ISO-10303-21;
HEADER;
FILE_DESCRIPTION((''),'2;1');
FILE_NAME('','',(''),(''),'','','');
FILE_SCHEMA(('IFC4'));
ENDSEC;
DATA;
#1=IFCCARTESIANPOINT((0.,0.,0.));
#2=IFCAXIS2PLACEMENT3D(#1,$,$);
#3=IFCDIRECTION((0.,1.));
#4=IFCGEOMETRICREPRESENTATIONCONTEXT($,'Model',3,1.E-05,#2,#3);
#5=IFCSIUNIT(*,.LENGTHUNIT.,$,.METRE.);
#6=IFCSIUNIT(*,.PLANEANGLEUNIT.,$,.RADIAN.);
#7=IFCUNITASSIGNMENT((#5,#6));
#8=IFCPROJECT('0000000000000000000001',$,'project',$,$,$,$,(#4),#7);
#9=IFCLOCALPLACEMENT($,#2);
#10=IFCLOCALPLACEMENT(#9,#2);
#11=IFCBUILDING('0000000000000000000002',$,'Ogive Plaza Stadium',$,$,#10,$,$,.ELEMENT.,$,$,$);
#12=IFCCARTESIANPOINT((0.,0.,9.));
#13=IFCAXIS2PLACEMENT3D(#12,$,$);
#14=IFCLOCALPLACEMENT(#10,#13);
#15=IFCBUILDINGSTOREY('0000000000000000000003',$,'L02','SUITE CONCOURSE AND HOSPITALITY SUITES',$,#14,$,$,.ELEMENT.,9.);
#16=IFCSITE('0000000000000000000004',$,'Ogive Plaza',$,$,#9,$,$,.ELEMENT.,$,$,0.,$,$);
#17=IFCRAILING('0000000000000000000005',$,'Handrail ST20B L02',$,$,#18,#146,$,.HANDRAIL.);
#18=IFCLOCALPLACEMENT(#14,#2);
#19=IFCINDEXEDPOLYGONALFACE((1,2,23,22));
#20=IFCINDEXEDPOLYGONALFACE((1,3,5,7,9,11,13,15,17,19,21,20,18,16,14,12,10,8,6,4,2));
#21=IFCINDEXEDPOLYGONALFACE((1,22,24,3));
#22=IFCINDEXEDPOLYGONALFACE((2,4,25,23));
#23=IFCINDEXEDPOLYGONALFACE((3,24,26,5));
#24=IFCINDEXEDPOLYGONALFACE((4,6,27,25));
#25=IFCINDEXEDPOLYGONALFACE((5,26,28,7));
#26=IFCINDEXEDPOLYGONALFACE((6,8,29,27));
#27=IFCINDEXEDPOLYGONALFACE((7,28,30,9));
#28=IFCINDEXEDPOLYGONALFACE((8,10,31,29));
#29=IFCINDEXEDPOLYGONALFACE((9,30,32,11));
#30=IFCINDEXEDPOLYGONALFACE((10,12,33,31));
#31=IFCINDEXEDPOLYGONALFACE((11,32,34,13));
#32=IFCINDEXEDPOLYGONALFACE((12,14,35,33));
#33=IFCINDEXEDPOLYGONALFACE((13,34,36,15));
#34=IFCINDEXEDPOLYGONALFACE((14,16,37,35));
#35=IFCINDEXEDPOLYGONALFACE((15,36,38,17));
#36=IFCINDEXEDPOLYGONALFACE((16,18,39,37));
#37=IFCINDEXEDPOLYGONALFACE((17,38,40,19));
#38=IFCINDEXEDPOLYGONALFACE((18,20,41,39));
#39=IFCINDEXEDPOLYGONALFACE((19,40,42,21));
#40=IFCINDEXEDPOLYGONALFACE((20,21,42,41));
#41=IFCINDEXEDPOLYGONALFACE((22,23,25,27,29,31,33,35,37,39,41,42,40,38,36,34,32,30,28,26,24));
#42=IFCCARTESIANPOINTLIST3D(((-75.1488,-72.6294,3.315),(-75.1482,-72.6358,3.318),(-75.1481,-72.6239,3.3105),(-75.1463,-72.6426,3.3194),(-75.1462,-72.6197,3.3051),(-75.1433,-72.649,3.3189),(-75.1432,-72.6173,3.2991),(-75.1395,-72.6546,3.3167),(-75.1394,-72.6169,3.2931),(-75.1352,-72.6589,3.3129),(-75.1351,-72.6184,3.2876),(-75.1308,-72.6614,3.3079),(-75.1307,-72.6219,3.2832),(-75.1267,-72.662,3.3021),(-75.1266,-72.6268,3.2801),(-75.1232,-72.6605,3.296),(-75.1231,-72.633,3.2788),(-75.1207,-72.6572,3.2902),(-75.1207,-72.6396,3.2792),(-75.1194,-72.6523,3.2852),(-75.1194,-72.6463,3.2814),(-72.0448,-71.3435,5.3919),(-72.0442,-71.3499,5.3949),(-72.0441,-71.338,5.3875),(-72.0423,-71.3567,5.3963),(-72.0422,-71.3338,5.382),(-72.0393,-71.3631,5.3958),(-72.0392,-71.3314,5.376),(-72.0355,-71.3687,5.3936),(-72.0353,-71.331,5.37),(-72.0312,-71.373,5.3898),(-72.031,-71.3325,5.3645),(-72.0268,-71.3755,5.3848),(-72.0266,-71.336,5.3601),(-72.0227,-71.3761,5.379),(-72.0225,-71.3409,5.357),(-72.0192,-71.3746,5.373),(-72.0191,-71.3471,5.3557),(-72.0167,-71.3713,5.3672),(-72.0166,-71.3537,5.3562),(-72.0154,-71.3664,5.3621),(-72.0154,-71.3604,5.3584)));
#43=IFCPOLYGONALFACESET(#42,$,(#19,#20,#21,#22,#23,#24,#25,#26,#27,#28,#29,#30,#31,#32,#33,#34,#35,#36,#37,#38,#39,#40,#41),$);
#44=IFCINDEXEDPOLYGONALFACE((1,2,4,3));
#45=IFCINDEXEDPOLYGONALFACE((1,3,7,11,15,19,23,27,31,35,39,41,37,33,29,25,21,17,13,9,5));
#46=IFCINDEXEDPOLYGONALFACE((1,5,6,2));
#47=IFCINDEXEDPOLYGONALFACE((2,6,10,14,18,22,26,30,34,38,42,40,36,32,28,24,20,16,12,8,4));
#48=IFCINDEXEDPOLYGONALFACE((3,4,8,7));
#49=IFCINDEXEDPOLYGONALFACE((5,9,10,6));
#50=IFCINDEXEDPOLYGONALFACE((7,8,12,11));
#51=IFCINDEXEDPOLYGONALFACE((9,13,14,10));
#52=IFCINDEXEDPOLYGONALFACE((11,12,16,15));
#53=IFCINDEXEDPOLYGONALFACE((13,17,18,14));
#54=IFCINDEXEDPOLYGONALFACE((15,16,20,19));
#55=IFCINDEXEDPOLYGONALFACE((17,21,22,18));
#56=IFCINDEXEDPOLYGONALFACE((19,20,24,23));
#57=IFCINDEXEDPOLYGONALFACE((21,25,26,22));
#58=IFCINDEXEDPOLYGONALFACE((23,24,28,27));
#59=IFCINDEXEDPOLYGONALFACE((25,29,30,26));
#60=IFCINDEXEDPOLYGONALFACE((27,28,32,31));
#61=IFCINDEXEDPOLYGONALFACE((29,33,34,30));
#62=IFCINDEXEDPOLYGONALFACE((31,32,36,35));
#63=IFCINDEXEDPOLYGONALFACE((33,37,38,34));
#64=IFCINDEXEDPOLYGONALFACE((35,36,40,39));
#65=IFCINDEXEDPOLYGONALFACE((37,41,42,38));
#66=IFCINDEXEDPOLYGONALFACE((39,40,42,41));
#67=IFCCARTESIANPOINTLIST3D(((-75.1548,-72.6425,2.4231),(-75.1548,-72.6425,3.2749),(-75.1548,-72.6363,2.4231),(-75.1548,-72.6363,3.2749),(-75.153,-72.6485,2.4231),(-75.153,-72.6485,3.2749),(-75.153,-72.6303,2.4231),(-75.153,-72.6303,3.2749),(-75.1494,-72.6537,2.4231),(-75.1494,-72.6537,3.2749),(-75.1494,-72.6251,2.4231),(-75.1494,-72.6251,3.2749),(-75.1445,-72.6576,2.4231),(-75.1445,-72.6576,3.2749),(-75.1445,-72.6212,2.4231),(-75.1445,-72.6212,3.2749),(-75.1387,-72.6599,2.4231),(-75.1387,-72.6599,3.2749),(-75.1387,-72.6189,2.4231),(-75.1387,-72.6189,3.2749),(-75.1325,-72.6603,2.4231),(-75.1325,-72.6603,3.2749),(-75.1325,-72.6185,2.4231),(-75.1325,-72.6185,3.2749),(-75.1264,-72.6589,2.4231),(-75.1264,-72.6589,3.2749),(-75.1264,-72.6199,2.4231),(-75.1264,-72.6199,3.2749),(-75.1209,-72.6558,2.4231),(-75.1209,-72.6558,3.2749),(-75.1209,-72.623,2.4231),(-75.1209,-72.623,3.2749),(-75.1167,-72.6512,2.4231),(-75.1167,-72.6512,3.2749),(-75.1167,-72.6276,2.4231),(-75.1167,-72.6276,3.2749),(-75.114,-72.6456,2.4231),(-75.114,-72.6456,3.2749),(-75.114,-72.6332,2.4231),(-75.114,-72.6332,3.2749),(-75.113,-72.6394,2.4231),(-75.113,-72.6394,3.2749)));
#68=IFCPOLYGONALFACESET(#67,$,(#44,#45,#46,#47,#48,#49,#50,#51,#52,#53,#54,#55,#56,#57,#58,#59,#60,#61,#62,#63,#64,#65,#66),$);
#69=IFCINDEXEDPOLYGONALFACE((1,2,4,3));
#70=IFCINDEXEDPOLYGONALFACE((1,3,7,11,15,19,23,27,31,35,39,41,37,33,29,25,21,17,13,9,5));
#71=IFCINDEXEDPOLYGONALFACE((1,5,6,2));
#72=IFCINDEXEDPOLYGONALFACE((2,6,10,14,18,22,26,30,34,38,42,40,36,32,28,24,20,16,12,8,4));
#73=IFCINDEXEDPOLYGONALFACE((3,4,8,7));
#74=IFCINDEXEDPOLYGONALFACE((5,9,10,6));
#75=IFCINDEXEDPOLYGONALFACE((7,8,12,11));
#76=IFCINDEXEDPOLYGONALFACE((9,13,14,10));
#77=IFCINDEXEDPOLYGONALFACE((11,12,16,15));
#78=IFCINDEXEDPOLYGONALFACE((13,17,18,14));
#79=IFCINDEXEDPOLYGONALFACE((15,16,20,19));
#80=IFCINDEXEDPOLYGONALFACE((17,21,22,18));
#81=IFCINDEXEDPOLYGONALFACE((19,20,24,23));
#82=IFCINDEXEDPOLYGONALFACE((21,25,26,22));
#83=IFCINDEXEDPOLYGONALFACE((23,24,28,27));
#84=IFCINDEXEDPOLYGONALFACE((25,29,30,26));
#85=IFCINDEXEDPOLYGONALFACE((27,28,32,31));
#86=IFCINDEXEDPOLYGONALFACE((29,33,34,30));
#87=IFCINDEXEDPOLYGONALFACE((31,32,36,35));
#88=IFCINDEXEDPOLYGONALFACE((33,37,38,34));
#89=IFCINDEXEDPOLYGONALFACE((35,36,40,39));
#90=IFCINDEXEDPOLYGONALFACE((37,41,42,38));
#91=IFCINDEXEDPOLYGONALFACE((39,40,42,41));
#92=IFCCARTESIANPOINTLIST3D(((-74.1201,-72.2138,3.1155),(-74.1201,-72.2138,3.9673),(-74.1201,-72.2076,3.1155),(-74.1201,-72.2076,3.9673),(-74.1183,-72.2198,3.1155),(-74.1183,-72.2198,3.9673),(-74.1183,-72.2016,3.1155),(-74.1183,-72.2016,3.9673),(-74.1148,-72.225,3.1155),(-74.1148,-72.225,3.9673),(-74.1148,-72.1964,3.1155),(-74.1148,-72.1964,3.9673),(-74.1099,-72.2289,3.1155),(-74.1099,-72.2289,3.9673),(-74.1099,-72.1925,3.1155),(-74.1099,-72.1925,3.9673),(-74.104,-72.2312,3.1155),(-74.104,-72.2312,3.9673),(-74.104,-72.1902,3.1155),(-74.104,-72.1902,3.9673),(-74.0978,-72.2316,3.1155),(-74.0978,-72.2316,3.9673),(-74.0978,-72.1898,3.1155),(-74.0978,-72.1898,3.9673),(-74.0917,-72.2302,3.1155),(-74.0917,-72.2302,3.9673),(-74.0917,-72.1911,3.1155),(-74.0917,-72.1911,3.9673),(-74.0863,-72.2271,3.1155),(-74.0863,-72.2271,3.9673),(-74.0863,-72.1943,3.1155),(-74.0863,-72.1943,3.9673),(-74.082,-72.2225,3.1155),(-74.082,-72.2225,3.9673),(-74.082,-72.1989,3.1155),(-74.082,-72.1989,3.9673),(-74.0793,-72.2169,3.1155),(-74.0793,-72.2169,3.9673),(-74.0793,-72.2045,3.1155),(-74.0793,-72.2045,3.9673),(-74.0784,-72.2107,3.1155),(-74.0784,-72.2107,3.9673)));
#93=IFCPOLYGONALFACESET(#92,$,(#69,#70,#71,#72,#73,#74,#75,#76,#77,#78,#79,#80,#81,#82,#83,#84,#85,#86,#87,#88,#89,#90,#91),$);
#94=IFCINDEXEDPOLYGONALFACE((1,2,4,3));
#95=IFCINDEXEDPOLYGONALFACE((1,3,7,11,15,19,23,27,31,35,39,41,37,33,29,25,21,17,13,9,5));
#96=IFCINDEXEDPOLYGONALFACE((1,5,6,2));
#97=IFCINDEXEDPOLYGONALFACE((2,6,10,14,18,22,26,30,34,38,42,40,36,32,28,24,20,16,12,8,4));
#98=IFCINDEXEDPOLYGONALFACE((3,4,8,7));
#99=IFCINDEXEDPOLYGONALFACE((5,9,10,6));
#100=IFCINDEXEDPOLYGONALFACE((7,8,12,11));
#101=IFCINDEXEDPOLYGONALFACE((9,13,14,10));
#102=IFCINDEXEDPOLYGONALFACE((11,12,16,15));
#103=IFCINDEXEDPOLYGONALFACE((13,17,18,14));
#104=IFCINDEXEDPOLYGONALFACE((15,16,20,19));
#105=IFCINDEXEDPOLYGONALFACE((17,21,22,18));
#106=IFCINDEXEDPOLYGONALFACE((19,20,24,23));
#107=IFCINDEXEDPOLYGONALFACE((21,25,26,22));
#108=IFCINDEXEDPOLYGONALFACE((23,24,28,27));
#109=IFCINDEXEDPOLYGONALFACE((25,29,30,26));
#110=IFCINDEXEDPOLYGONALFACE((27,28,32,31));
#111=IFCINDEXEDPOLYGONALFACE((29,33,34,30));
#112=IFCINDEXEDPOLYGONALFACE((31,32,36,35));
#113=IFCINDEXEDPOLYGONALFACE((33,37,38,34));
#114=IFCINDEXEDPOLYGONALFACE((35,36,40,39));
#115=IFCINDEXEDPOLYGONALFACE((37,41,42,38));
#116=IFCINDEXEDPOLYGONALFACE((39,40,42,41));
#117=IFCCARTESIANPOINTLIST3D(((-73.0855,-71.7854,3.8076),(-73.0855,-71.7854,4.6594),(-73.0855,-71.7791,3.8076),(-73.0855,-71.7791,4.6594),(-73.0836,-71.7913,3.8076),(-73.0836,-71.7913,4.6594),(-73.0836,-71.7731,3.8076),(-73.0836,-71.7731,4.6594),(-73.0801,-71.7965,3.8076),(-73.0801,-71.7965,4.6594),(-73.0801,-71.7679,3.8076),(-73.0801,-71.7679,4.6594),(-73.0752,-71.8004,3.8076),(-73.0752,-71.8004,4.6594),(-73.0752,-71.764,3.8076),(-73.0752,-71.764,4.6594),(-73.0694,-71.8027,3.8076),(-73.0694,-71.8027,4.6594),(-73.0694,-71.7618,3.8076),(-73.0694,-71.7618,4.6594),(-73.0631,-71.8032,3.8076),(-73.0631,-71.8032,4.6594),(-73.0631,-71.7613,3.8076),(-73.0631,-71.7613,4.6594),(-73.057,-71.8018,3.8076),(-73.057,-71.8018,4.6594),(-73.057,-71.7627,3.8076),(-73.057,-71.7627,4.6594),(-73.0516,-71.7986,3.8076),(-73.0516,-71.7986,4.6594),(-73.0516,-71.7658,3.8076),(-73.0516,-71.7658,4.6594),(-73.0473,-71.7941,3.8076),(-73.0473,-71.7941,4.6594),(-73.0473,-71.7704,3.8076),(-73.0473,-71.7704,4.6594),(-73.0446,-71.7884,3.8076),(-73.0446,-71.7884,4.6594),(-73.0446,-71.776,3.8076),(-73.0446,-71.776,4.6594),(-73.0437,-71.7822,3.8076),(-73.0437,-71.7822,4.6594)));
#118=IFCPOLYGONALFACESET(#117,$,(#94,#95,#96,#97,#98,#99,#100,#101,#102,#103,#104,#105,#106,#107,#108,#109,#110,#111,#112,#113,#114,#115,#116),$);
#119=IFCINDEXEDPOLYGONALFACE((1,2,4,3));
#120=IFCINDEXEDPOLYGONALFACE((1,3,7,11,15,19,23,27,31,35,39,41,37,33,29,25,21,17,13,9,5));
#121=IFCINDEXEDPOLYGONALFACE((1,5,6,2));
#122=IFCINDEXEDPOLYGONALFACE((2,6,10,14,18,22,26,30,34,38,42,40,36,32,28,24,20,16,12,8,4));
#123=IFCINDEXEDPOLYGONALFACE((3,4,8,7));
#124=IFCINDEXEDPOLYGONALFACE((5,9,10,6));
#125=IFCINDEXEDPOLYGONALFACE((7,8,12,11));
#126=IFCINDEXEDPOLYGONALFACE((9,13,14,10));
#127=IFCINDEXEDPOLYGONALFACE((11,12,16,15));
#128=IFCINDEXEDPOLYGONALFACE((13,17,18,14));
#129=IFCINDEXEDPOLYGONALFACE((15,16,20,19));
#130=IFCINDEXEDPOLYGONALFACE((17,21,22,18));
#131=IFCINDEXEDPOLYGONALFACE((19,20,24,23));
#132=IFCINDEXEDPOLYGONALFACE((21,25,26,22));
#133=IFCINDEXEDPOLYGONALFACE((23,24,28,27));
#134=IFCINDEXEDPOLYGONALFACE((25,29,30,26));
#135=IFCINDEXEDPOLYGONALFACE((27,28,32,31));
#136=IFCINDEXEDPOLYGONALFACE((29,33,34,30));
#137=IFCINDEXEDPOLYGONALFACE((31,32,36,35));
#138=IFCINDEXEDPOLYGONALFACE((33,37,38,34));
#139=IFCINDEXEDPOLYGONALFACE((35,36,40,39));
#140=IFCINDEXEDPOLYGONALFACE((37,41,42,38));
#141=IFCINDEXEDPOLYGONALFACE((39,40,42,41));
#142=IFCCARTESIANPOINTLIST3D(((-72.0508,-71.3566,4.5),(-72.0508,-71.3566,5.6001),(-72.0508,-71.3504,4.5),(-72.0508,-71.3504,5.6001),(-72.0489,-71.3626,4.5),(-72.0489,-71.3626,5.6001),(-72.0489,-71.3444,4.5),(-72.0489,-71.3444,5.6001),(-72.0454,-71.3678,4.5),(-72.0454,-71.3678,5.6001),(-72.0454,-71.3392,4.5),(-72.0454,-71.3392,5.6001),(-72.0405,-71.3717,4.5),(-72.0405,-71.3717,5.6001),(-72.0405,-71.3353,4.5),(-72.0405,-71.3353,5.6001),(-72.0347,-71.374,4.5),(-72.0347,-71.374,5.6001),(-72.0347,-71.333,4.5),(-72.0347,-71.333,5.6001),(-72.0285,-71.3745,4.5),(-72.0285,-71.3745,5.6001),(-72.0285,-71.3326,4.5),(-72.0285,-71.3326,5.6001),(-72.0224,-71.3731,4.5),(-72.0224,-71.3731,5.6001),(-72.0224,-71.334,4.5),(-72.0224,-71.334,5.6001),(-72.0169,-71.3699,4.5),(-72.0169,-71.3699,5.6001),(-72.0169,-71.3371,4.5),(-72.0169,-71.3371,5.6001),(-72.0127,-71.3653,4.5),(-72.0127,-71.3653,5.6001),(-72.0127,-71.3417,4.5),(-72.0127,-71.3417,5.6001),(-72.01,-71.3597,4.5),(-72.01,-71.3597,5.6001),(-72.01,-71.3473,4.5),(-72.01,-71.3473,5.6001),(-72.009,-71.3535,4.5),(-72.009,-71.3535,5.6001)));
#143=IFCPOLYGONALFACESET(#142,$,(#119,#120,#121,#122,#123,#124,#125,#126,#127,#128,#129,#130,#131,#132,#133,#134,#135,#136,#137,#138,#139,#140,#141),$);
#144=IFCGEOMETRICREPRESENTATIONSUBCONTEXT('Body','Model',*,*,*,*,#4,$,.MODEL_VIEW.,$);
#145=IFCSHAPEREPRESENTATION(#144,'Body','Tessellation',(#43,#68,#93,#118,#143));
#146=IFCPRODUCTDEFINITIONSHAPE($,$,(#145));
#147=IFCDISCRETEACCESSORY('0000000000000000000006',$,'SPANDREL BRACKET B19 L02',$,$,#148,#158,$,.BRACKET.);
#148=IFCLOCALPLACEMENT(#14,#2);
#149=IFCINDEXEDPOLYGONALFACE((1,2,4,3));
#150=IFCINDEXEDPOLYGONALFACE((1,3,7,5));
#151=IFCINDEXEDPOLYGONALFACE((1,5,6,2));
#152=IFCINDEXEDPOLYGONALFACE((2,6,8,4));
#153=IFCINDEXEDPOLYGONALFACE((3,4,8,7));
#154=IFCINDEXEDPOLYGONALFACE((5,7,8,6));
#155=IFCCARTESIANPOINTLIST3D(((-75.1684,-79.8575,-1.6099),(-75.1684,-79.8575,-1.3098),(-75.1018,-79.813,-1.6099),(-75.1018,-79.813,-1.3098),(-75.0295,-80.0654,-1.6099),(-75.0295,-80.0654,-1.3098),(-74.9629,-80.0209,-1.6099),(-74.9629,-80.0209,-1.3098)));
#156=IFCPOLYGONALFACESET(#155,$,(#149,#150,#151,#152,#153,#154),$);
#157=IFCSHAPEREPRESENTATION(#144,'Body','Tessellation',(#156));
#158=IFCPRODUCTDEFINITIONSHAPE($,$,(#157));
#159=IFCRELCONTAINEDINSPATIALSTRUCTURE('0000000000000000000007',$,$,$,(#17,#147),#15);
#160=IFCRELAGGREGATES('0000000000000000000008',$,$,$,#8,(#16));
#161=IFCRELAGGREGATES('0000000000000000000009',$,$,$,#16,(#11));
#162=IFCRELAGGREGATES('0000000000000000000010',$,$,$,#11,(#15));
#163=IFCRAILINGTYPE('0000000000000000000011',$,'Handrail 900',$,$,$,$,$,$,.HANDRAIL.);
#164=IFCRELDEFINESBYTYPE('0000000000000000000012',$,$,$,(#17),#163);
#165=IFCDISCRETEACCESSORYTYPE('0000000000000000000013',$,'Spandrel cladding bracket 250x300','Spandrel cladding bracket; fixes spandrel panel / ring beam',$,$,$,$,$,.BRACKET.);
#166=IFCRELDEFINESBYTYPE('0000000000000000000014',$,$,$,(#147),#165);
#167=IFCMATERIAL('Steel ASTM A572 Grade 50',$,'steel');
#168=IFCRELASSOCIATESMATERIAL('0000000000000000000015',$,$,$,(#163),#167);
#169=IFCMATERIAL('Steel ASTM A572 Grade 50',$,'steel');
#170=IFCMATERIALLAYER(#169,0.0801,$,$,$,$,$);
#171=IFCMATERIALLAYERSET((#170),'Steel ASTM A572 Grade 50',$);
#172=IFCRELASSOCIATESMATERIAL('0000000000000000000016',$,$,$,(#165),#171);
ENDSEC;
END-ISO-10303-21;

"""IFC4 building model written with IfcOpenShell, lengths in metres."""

from ifc_helpers import new_model, si_unit, direction, frame, origin, origin_2d, place, context, subcontext, project, spatial, rectangle, circle, extrude, material, layer, layer_set, type_object, element, save


model = new_model("IFC4")

# Units and contexts
model_context = context("Model", 3, precision=1e-05, world=origin(), true_north=direction((0.0, 1.0)))
body_context = subcontext(model_context, "Body", "Model", "MODEL_VIEW")
ifc_project = project(units=[si_unit("LENGTHUNIT", "METRE"), si_unit("PLANEANGLEUNIT", "RADIAN")], contexts=[model_context])

# Site, building, storey
site_placement = place(None, origin())
site = spatial("IfcSite", under=ifc_project, at=site_placement, Name="Ogive Plaza", CompositionType="ELEMENT", RefElevation=0.0)
building_placement = place(site_placement, origin())
building = spatial("IfcBuilding", under=site, at=building_placement, Name="Ogive Plaza Stadium", CompositionType="ELEMENT")
storey_placement = place(building_placement, frame((0.0, 0.0, 9.0)))
storey = spatial("IfcBuildingStorey", under=building, at=storey_placement, Name="L02", Description="SUITE CONCOURSE AND HOSPITALITY SUITES", CompositionType="ELEMENT", Elevation=9.0)

# Railing
ifc_material_1 = material(Name="Steel ASTM A572 Grade 50", Category="steel")
railing_type_1 = type_object("IfcRailingType", Name="Handrail 900", PredefinedType="HANDRAIL", material=ifc_material_1)
railing_1_placement = place(storey_placement, frame((-75.134, -72.6394, 2.4231)))
element("IfcRailing", 1, at=railing_1_placement, inside=storey, type_object=railing_type_1, Name="Handrail ST20B L02", PredefinedType="HANDRAIL", context=body_context, shape_type="SweptSolid", body=[
    extrude(circle(Radius=0.0239, at=origin_2d()), frame((0.0, 0.0, 0.876), z_axis=(0.785839, 0.325548, 0.525809), x_axis=(-0.382726, 0.923862, 0.0)), (0.0, 0.0, 1.0), 3.95),
    extrude(circle(Radius=0.021, at=origin_2d()), origin(), (0.0, 0.0, 1.0), 0.8518),
    extrude(circle(Radius=0.021, at=origin_2d()), frame((1.0347, 0.4287, 0.6924)), (0.0, 0.0, 1.0), 0.8518),
    extrude(circle(Radius=0.021, at=origin_2d()), frame((2.0693, 0.8572, 1.3845)), (0.0, 0.0, 1.0), 0.8518),
    extrude(circle(Radius=0.021, at=origin_2d()), frame((3.104, 1.2859, 2.0769)), (0.0, 0.0, 1.0), 1.1001),
])

# Discrete accessory
ifc_material_2 = material(Name="Steel ASTM A572 Grade 50", Category="steel")
ifc_layer_1 = layer(ifc_material_2, 0.0801)
ifc_layer_set_1 = layer_set([ifc_layer_1], Name="Steel ASTM A572 Grade 50")
discrete_accessory_type = type_object("IfcDiscreteAccessoryType", Name="Spandrel cladding bracket 250x300", Description="Spandrel cladding bracket; fixes spandrel panel / ring beam", PredefinedType="BRACKET", material=ifc_layer_set_1)
discrete_accessory_placement = place(storey_placement, frame((-75.0657, -79.9392, -1.6099), z_axis=(0.0, 0.0, 1.0), x_axis=(-0.55557, 0.83147, 0.0)))
element("IfcDiscreteAccessory", 2, at=discrete_accessory_placement, inside=storey, type_object=discrete_accessory_type, Name="SPANDREL BRACKET B19 L02", PredefinedType="BRACKET", context=body_context, shape_type="SweptSolid", body=[
    extrude(rectangle(XDim=0.25, YDim=0.0801, at=origin_2d()), origin(), (0.0, 0.0, 1.0), 0.3),
])

save(model, "model.ifc")
